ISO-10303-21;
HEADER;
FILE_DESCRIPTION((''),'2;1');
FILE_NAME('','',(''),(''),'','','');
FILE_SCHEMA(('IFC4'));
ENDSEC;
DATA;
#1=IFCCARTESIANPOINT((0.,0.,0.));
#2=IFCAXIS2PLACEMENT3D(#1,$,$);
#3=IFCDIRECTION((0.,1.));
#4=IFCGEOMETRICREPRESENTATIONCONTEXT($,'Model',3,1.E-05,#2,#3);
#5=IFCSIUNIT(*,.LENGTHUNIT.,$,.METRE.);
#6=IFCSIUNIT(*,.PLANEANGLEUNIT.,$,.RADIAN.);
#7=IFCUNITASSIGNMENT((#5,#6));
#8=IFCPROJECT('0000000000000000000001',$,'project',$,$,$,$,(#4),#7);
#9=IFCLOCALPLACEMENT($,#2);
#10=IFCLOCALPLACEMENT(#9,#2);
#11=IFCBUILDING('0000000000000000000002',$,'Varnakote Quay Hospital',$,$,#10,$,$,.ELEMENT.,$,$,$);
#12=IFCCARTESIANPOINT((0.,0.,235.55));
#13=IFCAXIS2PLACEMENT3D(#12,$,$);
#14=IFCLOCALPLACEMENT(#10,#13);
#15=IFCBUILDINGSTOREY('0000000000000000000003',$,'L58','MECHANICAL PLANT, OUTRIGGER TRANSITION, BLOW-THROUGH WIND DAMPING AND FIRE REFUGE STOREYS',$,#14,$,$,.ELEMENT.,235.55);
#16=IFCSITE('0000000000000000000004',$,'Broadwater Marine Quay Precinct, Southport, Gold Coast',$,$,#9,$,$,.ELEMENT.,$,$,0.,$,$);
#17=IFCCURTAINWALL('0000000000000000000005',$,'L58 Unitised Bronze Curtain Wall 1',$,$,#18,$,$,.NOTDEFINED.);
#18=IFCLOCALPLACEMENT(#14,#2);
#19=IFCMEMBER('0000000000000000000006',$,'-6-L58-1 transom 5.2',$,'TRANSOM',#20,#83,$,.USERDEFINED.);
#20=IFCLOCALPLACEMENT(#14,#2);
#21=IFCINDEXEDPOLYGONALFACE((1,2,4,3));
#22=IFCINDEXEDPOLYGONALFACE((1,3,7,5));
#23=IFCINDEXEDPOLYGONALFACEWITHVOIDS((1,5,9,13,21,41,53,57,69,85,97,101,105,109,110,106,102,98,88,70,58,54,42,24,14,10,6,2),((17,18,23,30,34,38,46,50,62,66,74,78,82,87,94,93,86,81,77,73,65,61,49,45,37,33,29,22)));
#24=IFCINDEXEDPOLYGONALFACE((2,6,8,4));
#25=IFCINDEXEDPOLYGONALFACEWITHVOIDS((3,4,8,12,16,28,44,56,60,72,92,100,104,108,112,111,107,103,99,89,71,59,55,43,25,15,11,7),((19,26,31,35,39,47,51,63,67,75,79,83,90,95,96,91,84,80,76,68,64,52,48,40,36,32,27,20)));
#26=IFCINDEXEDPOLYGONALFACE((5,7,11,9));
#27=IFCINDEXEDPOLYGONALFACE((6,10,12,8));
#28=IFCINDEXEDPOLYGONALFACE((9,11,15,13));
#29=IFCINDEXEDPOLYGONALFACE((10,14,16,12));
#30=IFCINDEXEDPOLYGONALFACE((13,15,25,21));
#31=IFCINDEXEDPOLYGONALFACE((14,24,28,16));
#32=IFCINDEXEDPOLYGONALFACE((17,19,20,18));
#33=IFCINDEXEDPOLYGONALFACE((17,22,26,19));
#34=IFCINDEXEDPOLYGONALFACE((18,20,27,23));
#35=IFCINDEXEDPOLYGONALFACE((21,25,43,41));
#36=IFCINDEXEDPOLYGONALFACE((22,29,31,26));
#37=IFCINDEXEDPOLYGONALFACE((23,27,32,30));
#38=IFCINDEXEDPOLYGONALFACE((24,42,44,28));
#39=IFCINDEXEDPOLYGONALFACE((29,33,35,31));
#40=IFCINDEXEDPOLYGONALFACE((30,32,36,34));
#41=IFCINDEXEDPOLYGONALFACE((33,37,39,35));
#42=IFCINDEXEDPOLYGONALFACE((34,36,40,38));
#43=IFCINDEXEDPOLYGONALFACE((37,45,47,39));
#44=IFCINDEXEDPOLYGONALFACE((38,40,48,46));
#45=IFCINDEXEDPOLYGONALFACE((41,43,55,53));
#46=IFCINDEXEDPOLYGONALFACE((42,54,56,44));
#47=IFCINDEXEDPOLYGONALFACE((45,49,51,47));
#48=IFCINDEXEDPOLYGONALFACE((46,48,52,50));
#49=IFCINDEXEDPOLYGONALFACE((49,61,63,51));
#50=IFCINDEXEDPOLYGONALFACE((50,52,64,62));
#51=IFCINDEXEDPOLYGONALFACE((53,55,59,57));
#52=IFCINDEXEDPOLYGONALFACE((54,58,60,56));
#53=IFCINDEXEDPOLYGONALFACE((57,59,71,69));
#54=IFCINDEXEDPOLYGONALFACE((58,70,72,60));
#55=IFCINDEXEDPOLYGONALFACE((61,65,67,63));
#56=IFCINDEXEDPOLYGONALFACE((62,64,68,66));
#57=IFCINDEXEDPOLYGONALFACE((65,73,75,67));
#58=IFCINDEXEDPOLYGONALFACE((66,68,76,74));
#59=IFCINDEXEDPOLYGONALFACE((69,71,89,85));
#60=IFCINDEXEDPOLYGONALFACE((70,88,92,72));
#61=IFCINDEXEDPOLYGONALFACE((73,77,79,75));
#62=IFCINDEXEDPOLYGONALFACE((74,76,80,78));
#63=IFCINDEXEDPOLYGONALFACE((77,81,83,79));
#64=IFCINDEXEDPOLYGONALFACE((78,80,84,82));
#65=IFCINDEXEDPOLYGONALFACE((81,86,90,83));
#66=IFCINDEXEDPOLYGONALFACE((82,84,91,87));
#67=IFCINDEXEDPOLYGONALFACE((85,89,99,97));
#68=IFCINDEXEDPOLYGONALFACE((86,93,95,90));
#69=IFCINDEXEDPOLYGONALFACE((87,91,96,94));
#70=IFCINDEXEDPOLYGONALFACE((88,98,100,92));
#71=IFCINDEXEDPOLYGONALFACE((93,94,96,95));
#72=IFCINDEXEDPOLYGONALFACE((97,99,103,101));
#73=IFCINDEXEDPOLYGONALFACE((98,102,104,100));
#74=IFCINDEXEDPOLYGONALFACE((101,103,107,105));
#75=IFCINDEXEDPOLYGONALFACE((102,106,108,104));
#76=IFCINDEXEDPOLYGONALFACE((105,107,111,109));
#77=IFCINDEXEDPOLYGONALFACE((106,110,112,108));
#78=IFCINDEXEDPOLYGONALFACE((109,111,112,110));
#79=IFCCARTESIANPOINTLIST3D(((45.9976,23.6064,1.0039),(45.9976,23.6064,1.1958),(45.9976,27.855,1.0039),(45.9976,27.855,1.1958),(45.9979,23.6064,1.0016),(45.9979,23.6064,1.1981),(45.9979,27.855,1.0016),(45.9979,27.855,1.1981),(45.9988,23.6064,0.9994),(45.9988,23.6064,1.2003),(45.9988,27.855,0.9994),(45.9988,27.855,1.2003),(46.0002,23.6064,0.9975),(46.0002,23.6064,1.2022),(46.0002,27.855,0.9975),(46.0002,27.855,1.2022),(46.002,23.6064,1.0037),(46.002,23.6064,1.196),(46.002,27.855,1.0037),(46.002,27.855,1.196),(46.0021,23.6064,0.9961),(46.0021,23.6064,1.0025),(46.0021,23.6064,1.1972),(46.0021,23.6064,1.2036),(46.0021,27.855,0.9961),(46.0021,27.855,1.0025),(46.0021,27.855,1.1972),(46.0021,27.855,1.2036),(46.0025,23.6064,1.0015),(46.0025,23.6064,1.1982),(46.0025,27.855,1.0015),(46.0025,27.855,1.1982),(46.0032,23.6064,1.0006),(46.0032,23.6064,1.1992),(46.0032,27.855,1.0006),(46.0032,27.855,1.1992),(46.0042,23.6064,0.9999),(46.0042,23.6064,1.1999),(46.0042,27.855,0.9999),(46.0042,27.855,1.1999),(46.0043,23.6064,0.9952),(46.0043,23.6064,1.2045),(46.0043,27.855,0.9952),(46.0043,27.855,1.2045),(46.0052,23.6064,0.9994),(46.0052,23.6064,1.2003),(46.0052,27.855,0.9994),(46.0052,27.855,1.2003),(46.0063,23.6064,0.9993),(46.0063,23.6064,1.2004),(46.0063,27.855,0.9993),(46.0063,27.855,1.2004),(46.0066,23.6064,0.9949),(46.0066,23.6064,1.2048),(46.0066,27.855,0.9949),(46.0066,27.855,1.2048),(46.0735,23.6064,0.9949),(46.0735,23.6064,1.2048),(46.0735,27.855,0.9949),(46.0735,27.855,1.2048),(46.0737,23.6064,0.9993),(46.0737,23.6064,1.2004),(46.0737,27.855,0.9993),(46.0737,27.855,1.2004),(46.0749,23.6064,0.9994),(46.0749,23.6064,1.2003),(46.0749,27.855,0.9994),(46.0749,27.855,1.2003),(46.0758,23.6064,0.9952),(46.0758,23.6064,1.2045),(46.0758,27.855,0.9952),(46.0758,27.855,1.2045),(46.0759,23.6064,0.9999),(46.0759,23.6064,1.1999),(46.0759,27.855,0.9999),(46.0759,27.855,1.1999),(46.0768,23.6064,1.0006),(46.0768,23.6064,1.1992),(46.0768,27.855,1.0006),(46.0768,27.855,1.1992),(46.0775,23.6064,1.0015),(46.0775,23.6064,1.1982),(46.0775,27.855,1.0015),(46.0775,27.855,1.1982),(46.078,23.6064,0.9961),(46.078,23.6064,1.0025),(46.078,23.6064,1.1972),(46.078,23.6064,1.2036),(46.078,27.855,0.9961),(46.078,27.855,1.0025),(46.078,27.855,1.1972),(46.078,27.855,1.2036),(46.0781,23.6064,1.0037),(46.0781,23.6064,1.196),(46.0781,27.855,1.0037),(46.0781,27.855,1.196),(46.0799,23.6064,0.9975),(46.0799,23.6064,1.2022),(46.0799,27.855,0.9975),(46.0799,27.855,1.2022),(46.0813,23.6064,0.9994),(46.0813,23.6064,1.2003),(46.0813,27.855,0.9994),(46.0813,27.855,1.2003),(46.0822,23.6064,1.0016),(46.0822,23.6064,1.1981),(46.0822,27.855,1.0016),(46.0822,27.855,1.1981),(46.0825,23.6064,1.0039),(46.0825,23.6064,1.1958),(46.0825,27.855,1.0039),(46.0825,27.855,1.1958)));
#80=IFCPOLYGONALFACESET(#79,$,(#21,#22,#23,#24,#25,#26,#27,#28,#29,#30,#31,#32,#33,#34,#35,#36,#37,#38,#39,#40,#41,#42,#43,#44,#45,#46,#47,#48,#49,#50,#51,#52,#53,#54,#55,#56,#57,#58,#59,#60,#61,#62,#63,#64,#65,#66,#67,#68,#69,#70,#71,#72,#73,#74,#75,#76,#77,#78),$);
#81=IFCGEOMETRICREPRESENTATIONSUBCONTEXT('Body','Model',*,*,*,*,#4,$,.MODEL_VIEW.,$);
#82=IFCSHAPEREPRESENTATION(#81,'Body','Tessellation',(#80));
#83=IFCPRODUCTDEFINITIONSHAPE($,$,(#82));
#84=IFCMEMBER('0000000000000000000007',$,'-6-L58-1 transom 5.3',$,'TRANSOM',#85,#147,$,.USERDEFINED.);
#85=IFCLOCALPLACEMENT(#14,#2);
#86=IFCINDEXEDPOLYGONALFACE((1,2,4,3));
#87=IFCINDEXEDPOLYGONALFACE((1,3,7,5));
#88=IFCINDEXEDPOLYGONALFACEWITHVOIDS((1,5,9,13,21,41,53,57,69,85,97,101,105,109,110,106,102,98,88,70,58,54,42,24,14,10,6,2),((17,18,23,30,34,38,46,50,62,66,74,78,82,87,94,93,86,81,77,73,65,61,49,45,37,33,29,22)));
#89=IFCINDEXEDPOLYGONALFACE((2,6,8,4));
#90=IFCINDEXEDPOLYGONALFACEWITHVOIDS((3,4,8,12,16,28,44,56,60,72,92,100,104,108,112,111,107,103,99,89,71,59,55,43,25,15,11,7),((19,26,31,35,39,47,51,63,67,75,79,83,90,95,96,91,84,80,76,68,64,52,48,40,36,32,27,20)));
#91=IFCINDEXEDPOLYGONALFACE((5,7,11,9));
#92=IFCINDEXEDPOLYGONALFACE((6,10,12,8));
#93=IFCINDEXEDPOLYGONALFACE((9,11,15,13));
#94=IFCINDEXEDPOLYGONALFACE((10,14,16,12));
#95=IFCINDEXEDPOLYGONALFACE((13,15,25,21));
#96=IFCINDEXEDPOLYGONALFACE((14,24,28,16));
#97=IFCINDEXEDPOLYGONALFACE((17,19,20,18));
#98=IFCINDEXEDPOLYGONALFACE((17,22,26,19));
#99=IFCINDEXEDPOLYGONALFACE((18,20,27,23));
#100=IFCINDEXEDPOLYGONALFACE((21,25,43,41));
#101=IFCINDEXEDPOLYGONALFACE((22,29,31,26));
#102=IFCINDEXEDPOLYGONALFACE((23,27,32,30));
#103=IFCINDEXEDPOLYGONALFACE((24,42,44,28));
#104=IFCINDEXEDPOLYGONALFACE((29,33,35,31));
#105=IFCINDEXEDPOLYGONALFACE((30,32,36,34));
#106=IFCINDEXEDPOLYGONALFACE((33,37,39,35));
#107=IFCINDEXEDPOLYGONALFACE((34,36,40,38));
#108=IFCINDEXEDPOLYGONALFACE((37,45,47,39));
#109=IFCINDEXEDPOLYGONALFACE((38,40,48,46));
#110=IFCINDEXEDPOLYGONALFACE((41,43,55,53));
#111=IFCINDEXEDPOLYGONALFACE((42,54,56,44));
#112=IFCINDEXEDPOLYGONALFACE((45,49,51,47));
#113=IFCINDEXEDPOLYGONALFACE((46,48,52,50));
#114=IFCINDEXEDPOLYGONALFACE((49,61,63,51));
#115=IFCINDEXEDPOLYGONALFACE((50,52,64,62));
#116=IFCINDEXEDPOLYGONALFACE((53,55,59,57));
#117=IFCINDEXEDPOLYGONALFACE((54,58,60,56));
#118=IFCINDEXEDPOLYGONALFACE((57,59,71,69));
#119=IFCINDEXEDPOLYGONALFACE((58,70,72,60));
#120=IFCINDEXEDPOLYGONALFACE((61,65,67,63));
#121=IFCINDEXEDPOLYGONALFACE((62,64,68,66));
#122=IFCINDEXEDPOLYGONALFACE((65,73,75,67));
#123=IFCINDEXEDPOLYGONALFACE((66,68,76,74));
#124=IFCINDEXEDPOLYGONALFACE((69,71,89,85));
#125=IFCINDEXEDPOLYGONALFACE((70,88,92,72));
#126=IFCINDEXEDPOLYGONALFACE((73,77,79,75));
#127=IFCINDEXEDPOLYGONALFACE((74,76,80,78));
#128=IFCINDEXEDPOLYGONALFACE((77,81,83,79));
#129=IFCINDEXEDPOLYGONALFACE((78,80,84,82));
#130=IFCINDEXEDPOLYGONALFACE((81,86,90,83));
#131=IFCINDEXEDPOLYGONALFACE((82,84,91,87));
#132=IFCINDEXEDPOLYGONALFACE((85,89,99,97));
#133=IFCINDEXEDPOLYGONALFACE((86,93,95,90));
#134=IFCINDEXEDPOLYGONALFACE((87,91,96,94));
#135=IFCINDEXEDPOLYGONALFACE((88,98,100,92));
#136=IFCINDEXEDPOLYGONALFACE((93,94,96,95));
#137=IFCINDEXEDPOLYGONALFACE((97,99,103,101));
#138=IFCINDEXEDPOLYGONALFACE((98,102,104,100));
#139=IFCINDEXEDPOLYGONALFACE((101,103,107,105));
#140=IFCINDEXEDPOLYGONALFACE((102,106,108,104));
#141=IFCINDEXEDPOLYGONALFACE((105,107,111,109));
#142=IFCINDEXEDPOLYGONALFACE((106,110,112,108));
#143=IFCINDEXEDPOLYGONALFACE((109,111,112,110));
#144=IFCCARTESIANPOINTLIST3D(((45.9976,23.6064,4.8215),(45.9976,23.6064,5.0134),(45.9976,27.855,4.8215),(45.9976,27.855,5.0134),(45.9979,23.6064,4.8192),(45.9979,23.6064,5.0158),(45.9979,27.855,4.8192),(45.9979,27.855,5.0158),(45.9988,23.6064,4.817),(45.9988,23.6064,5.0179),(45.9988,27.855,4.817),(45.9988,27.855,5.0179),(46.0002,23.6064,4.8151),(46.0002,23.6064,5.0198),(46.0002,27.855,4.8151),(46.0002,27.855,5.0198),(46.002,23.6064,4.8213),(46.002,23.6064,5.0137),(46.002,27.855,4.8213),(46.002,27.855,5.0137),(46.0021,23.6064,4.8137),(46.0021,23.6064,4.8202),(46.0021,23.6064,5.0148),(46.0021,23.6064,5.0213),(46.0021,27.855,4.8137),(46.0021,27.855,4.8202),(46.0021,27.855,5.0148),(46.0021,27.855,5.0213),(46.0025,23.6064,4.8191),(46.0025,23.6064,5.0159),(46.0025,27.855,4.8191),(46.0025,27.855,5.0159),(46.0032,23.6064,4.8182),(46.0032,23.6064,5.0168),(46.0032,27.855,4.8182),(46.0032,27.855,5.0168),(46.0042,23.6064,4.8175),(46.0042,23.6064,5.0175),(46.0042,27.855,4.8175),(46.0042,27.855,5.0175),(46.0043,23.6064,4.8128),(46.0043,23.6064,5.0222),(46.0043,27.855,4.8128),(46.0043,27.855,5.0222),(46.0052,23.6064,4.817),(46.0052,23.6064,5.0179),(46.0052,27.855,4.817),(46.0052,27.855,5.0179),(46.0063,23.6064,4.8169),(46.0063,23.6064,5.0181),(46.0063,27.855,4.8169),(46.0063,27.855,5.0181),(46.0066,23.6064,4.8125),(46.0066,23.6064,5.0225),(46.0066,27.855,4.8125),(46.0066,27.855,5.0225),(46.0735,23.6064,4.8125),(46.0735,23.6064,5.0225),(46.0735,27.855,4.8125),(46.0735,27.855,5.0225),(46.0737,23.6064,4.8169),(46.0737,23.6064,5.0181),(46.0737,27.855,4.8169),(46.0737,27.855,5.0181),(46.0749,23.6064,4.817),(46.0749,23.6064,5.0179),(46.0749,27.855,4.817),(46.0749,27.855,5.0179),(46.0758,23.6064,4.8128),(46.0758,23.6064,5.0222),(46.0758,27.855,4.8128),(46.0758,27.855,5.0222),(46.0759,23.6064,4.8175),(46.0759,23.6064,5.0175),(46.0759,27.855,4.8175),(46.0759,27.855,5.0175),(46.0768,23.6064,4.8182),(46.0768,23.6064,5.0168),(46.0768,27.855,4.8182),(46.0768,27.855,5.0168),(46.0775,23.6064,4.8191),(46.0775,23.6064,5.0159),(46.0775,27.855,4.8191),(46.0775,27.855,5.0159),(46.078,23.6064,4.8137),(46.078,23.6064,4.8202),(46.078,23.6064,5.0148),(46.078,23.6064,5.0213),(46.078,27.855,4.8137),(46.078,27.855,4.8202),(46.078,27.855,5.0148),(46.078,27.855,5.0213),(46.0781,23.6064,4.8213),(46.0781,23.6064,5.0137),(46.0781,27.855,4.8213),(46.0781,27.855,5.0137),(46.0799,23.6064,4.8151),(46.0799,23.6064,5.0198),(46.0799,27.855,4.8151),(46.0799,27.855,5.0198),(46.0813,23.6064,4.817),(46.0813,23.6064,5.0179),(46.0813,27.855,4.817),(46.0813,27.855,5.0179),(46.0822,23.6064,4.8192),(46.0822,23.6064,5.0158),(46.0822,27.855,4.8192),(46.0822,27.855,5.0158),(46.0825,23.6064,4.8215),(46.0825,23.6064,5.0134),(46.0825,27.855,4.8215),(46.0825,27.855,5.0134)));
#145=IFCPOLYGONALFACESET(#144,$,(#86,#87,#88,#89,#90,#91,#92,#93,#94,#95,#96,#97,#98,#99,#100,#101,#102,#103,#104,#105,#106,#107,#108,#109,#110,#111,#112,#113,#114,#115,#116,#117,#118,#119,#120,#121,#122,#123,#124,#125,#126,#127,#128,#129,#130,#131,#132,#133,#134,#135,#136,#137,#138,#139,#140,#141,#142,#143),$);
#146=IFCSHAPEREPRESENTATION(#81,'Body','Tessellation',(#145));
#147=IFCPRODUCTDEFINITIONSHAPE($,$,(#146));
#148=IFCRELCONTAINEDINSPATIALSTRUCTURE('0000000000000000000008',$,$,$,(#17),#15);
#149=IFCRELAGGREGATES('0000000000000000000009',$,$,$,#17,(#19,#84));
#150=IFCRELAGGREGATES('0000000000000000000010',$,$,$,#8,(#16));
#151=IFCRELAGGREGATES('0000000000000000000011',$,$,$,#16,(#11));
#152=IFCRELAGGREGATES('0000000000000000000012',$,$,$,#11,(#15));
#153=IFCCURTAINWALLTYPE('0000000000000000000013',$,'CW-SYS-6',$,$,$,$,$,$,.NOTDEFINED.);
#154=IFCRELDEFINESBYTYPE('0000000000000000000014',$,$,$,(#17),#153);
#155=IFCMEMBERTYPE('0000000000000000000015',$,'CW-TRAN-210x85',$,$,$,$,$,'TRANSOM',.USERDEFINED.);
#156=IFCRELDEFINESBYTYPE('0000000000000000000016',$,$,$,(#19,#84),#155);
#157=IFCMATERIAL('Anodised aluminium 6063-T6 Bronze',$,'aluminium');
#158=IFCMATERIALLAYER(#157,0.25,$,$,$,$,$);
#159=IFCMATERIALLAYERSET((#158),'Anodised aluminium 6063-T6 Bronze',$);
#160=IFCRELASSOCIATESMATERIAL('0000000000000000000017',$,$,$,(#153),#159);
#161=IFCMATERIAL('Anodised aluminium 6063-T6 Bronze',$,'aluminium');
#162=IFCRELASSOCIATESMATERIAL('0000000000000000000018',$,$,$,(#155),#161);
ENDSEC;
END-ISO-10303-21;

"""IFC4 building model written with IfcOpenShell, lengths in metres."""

from ifc_helpers import new_model, si_unit, direction, frame, origin, origin_2d, place, context, subcontext, project, spatial, hollow_rectangle, extrude, material, layer, layer_set, material_profile, profile_set, type_object, element, aggregate, save


model = new_model("IFC4")

# Units and contexts
model_context = context("Model", 3, precision=1e-05, world=origin(), true_north=direction((0.0, 1.0)))
body_context = subcontext(model_context, "Body", "Model", "MODEL_VIEW")
ifc_project = project(units=[si_unit("LENGTHUNIT", "METRE"), si_unit("PLANEANGLEUNIT", "RADIAN")], contexts=[model_context])

# Site, building, storey
site_placement = place(None, origin())
site = spatial("IfcSite", under=ifc_project, at=site_placement, Name="Broadwater Marine Quay Precinct, Southport, Gold Coast", CompositionType="ELEMENT", RefElevation=0.0)
building_placement = place(site_placement, origin())
building = spatial("IfcBuilding", under=site, at=building_placement, Name="Varnakote Quay Hospital", CompositionType="ELEMENT")
storey_placement = place(building_placement, frame((0.0, 0.0, 235.55)))
storey = spatial("IfcBuildingStorey", under=building, at=storey_placement, Name="L58", Description="MECHANICAL PLANT, OUTRIGGER TRANSITION, BLOW-THROUGH WIND DAMPING AND FIRE REFUGE STOREYS", CompositionType="ELEMENT", Elevation=235.55)

# Curtain wall
ifc_material_1 = material(Name="Anodised aluminium 6063-T6 Bronze", Category="aluminium")
ifc_layer_1 = layer(ifc_material_1, 0.25)
ifc_layer_set_1 = layer_set([ifc_layer_1], Name="Anodised aluminium 6063-T6 Bronze")
curtain_wall_type = type_object("IfcCurtainWallType", Name="CW-SYS-6", PredefinedType="NOTDEFINED", material=ifc_layer_set_1)
curtain_wall_1_placement = place(storey_placement, origin())
curtain_wall_1 = element("IfcCurtainWall", 1, at=curtain_wall_1_placement, inside=storey, type_object=curtain_wall_type, Name="L58 Unitised Bronze Curtain Wall 1", PredefinedType="NOTDEFINED")

# Members
ifc_material_2 = material(Name="Anodised aluminium 6063-T6 Bronze", Category="aluminium")
ifc_material_profile_1 = material_profile(ifc_material_2, hollow_rectangle(XDim=0.085, YDim=0.21, WallThickness=0.0044, InnerFilletRadius=0.0044, OuterFilletRadius=0.009, at=origin_2d()), Name="CW-TRAN-210x85")
ifc_profile_set_1 = profile_set([ifc_material_profile_1], Name="Anodised aluminium 6063-T6 Bronze")
member_type_1 = type_object("IfcMemberType", Name="CW-TRAN-210x85", ElementType="TRANSOM", PredefinedType="USERDEFINED", material=ifc_profile_set_1)
member_1_placement = place(storey_placement, frame((46.04, 23.6064, 1.0999), z_axis=(0.0, 1.0, 0.0), x_axis=(-1.0, 0.0, 0.0)))
member_1 = element("IfcMember", 2, at=member_1_placement, type_object=member_type_1, Name="-6-L58-1 transom 5.2", ObjectType="TRANSOM", PredefinedType="USERDEFINED", context=body_context, shape_type="SweptSolid", body=[
    extrude(hollow_rectangle(XDim=0.085, YDim=0.21, WallThickness=0.0044, InnerFilletRadius=0.0044, OuterFilletRadius=0.009, at=origin_2d()), origin(), (0.0, 0.0, 1.0), 4.2485),
])
member_2_placement = place(storey_placement, frame((46.04, 23.6064, 4.9175), z_axis=(0.0, 1.0, 0.0), x_axis=(-1.0, 0.0, 0.0)))
member_2 = element("IfcMember", 3, at=member_2_placement, type_object=member_type_1, Name="-6-L58-1 transom 5.3", ObjectType="TRANSOM", PredefinedType="USERDEFINED", context=body_context, shape_type="SweptSolid", body=[
    extrude(hollow_rectangle(XDim=0.085, YDim=0.21, WallThickness=0.0044, InnerFilletRadius=0.0044, OuterFilletRadius=0.009, at=origin_2d()), origin(), (0.0, 0.0, 1.0), 4.2485),
])

aggregate(curtain_wall_1, [member_1, member_2])

save(model, "model.ifc")
